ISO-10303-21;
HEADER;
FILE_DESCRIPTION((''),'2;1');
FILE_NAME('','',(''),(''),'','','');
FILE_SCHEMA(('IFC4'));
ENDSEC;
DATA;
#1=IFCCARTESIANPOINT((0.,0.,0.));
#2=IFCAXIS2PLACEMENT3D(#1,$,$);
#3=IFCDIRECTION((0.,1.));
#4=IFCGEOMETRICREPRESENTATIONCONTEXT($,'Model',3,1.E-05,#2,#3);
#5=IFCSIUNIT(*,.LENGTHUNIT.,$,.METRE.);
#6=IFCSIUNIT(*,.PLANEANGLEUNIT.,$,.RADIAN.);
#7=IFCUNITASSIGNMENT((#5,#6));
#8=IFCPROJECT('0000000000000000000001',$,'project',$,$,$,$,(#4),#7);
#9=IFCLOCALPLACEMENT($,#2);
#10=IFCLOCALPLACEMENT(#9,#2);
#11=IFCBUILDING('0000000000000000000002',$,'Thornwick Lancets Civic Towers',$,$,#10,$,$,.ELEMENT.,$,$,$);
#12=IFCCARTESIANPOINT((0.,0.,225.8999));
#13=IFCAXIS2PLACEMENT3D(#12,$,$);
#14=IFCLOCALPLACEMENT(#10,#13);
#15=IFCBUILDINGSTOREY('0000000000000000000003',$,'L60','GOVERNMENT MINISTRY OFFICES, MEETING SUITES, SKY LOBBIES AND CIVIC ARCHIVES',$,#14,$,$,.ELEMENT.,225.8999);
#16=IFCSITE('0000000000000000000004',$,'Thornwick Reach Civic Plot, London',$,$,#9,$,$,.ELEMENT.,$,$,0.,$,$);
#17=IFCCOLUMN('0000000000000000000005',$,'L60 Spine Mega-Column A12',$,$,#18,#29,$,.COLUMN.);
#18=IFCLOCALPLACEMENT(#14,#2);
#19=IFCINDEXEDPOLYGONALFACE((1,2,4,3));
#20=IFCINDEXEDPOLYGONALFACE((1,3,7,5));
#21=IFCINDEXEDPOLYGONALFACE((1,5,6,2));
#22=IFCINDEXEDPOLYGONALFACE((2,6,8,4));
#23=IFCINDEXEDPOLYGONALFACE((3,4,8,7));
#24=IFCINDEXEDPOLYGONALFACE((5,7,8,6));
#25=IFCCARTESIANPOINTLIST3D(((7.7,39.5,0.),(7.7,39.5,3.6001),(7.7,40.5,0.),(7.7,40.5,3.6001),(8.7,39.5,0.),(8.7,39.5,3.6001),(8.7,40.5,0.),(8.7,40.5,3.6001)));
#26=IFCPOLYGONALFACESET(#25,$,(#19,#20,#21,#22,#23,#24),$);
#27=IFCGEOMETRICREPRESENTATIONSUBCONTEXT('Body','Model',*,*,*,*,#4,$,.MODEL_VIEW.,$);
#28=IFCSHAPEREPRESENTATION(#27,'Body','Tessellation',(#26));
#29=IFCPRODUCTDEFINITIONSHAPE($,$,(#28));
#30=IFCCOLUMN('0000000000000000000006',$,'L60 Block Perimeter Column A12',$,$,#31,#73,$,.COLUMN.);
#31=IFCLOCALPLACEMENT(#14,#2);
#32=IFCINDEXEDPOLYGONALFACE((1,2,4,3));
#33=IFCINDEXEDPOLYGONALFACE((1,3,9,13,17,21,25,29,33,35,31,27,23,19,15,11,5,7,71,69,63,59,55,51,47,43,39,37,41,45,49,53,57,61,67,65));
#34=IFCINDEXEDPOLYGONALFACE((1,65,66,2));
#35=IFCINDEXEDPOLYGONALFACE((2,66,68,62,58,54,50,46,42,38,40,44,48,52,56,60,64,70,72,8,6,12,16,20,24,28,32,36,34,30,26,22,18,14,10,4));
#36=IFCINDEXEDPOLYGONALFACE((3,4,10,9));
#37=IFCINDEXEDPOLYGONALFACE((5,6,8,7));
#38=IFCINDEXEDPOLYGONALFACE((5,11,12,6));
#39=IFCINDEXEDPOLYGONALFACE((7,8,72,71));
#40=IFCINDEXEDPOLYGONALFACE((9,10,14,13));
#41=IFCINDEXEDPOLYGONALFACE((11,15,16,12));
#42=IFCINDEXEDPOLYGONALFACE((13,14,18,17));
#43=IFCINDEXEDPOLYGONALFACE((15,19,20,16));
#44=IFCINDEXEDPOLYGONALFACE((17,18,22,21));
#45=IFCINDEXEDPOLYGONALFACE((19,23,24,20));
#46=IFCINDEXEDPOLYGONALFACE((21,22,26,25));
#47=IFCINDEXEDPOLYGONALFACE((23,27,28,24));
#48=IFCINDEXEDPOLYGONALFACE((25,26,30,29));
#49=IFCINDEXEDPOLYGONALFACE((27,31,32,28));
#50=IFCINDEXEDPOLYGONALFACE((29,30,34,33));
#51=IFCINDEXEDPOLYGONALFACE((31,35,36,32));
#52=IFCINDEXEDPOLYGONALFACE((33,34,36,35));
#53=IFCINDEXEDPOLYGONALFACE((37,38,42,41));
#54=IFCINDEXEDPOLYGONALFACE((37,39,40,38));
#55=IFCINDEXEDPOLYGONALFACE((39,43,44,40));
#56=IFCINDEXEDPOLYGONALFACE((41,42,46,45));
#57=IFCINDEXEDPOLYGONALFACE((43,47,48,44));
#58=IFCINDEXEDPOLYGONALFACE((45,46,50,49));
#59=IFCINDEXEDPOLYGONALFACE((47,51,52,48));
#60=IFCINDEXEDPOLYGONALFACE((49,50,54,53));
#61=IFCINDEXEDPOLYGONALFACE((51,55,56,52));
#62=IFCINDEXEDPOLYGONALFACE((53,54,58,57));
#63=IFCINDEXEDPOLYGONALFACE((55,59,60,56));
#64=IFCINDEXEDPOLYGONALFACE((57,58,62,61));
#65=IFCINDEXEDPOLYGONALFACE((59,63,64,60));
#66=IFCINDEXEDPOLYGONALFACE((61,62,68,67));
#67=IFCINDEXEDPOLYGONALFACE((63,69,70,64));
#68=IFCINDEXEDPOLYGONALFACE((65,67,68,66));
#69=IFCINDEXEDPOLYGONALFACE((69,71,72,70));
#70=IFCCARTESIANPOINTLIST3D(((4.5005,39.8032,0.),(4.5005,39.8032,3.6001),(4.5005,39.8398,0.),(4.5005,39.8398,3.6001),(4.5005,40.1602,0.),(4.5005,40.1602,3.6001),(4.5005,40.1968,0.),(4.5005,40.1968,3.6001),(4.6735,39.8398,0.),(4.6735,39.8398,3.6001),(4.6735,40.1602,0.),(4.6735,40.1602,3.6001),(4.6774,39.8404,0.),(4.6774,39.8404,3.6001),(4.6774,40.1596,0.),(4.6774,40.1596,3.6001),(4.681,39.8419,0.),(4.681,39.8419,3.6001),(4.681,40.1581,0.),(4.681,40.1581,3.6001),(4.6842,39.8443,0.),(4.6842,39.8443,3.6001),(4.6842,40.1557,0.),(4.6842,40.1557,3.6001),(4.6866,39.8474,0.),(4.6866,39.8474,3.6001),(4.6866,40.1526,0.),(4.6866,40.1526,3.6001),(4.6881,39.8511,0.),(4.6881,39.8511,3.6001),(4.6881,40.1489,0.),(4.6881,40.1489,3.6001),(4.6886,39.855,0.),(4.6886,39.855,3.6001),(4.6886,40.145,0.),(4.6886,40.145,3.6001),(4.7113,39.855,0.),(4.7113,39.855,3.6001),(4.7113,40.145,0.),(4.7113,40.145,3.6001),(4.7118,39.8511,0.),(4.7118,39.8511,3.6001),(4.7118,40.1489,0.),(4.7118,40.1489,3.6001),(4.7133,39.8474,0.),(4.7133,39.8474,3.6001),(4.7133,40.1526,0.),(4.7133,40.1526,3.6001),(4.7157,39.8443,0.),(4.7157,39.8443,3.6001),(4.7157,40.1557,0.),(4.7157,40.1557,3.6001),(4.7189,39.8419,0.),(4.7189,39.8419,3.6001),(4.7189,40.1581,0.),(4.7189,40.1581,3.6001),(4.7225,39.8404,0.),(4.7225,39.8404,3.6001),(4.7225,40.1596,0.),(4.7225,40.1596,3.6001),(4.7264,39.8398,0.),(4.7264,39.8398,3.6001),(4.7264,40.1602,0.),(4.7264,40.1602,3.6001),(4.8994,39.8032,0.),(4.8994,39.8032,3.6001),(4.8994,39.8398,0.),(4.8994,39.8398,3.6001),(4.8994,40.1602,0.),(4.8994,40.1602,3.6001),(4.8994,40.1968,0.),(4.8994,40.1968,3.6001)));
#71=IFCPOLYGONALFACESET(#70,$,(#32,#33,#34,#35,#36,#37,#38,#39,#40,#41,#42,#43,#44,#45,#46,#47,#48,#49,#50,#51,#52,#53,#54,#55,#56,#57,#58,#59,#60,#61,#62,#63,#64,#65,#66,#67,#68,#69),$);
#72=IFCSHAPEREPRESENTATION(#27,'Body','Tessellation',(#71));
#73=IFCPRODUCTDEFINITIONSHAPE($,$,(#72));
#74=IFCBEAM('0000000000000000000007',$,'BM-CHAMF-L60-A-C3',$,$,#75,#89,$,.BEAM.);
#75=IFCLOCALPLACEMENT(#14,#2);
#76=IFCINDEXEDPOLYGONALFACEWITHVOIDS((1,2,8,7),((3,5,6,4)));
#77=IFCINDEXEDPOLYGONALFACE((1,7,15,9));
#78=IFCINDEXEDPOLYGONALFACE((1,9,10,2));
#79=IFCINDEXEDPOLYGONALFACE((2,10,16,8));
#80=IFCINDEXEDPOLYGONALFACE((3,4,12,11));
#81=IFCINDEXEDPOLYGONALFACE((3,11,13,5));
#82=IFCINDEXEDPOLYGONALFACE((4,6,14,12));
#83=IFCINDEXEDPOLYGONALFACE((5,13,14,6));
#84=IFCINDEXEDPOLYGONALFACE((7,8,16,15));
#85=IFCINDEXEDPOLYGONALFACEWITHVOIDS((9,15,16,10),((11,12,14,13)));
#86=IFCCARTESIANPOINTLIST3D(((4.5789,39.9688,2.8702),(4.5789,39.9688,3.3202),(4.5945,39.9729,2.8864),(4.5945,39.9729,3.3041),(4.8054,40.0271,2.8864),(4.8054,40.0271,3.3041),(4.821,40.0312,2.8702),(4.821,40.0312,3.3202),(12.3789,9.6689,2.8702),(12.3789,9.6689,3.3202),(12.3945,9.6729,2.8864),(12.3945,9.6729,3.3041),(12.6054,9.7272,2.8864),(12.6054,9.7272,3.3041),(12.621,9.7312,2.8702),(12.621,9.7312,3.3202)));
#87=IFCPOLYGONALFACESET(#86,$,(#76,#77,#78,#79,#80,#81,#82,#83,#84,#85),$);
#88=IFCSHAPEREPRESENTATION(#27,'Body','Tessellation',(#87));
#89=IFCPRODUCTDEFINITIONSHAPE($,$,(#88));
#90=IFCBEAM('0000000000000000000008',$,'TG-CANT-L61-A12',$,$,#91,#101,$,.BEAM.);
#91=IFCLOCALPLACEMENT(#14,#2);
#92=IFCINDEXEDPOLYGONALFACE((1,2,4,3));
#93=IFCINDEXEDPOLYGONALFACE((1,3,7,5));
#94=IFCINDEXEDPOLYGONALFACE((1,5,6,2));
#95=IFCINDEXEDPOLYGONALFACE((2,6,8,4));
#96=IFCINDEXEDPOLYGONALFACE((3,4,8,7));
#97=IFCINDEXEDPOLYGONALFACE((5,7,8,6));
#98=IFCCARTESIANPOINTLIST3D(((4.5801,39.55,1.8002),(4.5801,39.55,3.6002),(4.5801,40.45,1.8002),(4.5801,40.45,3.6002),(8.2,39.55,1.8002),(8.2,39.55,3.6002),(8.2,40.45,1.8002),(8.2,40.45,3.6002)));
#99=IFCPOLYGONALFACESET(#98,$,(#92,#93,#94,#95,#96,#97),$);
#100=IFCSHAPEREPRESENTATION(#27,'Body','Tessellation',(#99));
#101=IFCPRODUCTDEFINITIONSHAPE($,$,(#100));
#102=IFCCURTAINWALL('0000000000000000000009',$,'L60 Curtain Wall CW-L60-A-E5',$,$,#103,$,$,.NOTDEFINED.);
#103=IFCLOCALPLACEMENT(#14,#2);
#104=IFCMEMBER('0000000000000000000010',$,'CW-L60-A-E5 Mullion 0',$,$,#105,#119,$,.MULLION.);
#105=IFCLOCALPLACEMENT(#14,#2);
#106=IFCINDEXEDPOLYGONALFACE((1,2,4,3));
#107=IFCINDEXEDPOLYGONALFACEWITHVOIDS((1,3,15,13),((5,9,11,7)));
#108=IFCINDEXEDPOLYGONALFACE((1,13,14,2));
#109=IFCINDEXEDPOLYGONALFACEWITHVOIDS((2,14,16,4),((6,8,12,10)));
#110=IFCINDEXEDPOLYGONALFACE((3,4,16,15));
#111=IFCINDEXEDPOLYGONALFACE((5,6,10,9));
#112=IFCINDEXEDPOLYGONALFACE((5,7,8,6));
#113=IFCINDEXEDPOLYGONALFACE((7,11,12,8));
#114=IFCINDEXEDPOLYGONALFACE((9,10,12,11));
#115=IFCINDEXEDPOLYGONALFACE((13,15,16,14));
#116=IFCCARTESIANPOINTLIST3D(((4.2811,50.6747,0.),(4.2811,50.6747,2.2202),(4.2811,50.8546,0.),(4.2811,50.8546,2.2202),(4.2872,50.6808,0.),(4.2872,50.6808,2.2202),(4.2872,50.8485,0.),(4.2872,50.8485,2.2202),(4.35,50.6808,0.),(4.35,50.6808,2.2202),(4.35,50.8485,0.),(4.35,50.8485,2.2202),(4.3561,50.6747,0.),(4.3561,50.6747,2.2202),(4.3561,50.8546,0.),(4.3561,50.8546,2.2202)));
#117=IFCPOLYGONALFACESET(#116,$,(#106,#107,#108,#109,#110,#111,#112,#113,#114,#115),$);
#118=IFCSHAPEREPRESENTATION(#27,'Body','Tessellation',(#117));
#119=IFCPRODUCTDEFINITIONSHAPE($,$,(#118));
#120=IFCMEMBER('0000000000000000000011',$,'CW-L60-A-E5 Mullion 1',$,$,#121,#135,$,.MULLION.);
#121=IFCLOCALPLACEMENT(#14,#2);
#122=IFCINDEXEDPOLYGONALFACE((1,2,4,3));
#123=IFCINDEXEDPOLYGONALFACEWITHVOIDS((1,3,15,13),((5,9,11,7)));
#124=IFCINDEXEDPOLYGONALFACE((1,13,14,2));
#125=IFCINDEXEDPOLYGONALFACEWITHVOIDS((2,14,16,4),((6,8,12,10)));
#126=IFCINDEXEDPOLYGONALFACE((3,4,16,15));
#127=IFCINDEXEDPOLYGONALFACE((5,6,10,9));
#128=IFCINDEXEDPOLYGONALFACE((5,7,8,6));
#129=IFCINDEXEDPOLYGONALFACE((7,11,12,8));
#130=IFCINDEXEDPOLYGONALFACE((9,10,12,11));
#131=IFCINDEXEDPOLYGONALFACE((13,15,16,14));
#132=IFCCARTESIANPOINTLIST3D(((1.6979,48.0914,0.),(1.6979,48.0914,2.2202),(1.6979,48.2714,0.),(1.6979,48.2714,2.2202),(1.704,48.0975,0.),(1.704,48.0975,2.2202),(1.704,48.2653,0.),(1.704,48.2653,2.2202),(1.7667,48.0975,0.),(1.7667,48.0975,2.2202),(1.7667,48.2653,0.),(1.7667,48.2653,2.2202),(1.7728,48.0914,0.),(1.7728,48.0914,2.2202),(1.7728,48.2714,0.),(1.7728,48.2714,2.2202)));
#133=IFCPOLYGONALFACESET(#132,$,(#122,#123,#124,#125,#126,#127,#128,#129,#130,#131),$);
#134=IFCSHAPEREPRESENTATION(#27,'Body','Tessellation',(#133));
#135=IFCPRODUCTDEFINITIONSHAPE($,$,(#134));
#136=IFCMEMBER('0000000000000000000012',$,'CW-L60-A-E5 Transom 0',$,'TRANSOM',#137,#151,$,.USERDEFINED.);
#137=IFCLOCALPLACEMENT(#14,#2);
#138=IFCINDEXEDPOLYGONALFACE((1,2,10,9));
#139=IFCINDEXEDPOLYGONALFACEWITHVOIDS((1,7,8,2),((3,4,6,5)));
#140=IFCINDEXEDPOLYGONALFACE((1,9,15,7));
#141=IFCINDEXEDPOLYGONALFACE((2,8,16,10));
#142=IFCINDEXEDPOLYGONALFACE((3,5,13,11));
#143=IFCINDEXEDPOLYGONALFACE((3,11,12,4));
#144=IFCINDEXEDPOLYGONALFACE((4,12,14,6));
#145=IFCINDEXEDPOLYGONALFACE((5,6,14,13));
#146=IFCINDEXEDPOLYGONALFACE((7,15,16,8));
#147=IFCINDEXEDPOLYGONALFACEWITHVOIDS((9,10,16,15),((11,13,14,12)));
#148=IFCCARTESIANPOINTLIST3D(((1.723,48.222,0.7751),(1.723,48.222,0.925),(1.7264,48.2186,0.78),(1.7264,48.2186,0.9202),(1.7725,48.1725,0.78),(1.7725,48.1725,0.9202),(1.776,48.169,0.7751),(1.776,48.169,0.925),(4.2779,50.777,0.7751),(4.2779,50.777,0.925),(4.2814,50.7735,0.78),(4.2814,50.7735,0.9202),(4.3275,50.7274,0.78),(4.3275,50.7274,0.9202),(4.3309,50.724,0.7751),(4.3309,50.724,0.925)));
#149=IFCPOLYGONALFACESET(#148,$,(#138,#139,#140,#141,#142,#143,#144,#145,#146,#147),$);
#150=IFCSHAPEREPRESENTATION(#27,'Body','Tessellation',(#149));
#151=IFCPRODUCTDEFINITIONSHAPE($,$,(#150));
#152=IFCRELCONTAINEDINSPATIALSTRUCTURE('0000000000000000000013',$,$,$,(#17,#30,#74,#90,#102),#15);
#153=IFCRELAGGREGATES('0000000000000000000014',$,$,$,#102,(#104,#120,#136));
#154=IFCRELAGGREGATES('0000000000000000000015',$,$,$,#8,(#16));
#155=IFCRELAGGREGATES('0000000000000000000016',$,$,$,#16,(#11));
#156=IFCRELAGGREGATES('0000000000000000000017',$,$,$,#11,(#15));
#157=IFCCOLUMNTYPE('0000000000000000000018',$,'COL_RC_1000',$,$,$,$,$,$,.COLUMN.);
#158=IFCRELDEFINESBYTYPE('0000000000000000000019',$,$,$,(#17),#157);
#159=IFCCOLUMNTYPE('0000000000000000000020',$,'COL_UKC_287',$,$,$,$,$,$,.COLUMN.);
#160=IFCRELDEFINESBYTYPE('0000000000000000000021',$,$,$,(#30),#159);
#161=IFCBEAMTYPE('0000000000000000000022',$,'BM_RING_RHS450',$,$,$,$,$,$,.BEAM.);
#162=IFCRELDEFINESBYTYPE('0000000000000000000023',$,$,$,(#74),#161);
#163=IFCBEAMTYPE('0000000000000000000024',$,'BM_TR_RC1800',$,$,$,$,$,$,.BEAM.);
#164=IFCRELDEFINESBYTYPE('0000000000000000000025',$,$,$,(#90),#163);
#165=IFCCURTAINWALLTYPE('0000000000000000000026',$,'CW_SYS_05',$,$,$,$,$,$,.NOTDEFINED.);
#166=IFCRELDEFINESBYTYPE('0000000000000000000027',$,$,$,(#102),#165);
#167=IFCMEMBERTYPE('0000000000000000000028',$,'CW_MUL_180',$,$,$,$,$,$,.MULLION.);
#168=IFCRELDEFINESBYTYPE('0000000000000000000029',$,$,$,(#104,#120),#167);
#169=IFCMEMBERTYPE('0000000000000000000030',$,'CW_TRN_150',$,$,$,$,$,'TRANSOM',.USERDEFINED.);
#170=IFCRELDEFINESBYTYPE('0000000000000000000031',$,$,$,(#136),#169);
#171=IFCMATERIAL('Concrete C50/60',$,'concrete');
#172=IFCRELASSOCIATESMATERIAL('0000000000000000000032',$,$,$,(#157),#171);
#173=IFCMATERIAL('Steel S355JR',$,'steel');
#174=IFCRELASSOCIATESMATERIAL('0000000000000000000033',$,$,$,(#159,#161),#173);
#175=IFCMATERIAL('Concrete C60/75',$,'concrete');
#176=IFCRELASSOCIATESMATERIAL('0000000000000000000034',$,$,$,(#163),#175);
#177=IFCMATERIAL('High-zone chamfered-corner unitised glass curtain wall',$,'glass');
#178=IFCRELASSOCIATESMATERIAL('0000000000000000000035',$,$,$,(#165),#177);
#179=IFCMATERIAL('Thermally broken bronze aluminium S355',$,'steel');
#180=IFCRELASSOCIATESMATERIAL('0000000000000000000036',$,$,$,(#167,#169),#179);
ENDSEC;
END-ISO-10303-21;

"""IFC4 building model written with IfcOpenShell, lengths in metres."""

from ifc_helpers import new_model, si_unit, direction, frame, origin, origin_2d, place, context, subcontext, project, spatial, rectangle, hollow_rectangle, i_section, extrude, material, material_profile, profile_set, type_object, element, aggregate, save


model = new_model("IFC4")

# Units and contexts
model_context = context("Model", 3, precision=1e-05, world=origin(), true_north=direction((0.0, 1.0)))
body_context = subcontext(model_context, "Body", "Model", "MODEL_VIEW")
ifc_project = project(units=[si_unit("LENGTHUNIT", "METRE"), si_unit("PLANEANGLEUNIT", "RADIAN")], contexts=[model_context])

# Site, building, storey
site_placement = place(None, origin())
site = spatial("IfcSite", under=ifc_project, at=site_placement, Name="Thornwick Reach Civic Plot, London", CompositionType="ELEMENT", RefElevation=0.0)
building_placement = place(site_placement, origin())
building = spatial("IfcBuilding", under=site, at=building_placement, Name="Thornwick Lancets Civic Towers", CompositionType="ELEMENT")
storey_placement = place(building_placement, frame((0.0, 0.0, 225.8999)))
storey = spatial("IfcBuildingStorey", under=building, at=storey_placement, Name="L60", Description="GOVERNMENT MINISTRY OFFICES, MEETING SUITES, SKY LOBBIES AND CIVIC ARCHIVES", CompositionType="ELEMENT", Elevation=225.8999)

# Columns
ifc_material_1 = material(Name="Concrete C50/60", Category="concrete")
ifc_material_profile_1 = material_profile(ifc_material_1, rectangle(XDim=1.0, YDim=1.0, at=origin_2d()), Name="RC 1000x1000")
ifc_profile_set_1 = profile_set([ifc_material_profile_1], Name="Concrete C50/60")
column_type_1 = type_object("IfcColumnType", Name="COL_RC_1000", PredefinedType="COLUMN", material=ifc_profile_set_1)
column_1_placement = place(storey_placement, frame((8.2, 40.0, 0.0), z_axis=(0.0, 0.0, 1.0), x_axis=(1.0, 0.0, 0.0)))
element("IfcColumn", 1, at=column_1_placement, inside=storey, type_object=column_type_1, Name="L60 Spine Mega-Column A12", PredefinedType="COLUMN", context=body_context, shape_type="SweptSolid", body=[
    extrude(rectangle(XDim=1.0, YDim=1.0, at=origin_2d()), origin(), (0.0, 0.0, 1.0), 3.6001),
])
ifc_material_2 = material(Name="Steel S355JR", Category="steel")
ifc_material_profile_2 = material_profile(ifc_material_2, i_section(OverallWidth=0.3989, OverallDepth=0.3936, WebThickness=0.0227, FlangeThickness=0.0366, FilletRadius=0.0151, at=origin_2d()), Name="UKC 356x406x287")
ifc_profile_set_2 = profile_set([ifc_material_profile_2], Name="Steel S355JR")
column_type_2 = type_object("IfcColumnType", Name="COL_UKC_287", PredefinedType="COLUMN", material=ifc_profile_set_2)
column_2_placement = place(storey_placement, frame((4.7, 40.0, 0.0), z_axis=(0.0, 0.0, 1.0), x_axis=(1.0, 0.0, 0.0)))
element("IfcColumn", 2, at=column_2_placement, inside=storey, type_object=column_type_2, Name="L60 Block Perimeter Column A12", PredefinedType="COLUMN", context=body_context, shape_type="SweptSolid", body=[
    extrude(i_section(OverallWidth=0.3989, OverallDepth=0.3936, WebThickness=0.0227, FlangeThickness=0.0366, FilletRadius=0.0151, at=origin_2d()), origin(), (0.0, 0.0, 1.0), 3.6001),
])

# Beams
ifc_material_profile_3 = material_profile(ifc_material_2, hollow_rectangle(XDim=0.25, YDim=0.45, WallThickness=0.0161, at=origin_2d()), Name="RHS 450x250x16")
ifc_profile_set_3 = profile_set([ifc_material_profile_3], Name="Steel S355JR")
beam_type_1 = type_object("IfcBeamType", Name="BM_RING_RHS450", PredefinedType="BEAM", material=ifc_profile_set_3)
beam_1_placement = place(storey_placement, frame((4.7, 40.0, 3.0952), z_axis=(0.249299, -0.968427, 0.0), x_axis=(0.968427, 0.249299, 0.0)))
element("IfcBeam", 3, at=beam_1_placement, inside=storey, type_object=beam_type_1, Name="BM-CHAMF-L60-A-C3", PredefinedType="BEAM", context=body_context, shape_type="SweptSolid", body=[
    extrude(hollow_rectangle(XDim=0.25, YDim=0.45, WallThickness=0.0161, at=origin_2d()), origin(), (0.0, 0.0, 1.0), 31.2878),
])
ifc_material_3 = material(Name="Concrete C60/75", Category="concrete")
ifc_material_profile_4 = material_profile(ifc_material_3, rectangle(XDim=0.8999, YDim=1.8, at=origin_2d()), Name="RC 900x1800")
ifc_profile_set_4 = profile_set([ifc_material_profile_4], Name="Concrete C60/75")
beam_type_2 = type_object("IfcBeamType", Name="BM_TR_RC1800", PredefinedType="BEAM", material=ifc_profile_set_4)
beam_2_placement = place(storey_placement, frame((8.2, 40.0, 2.7002), z_axis=(-1.0, 0.0, 0.0), x_axis=(0.0, -1.0, 0.0)))
element("IfcBeam", 4, at=beam_2_placement, inside=storey, type_object=beam_type_2, Name="TG-CANT-L61-A12", PredefinedType="BEAM", context=body_context, shape_type="SweptSolid", body=[
    extrude(rectangle(XDim=0.8999, YDim=1.8, at=origin_2d()), origin(), (0.0, 0.0, 1.0), 3.6199),
])

# Curtain wall, members
ifc_material_4 = material(Name="High-zone chamfered-corner unitised glass curtain wall", Category="glass")
curtain_wall_type = type_object("IfcCurtainWallType", Name="CW_SYS_05", PredefinedType="NOTDEFINED", material=ifc_material_4)
curtain_wall_placement = place(storey_placement, origin())
curtain_wall = element("IfcCurtainWall", 5, at=curtain_wall_placement, inside=storey, type_object=curtain_wall_type, Name="L60 Curtain Wall CW-L60-A-E5", PredefinedType="NOTDEFINED")
ifc_material_5 = material(Name="Thermally broken bronze aluminium S355", Category="steel")
ifc_material_profile_5 = material_profile(ifc_material_5, hollow_rectangle(XDim=0.075, YDim=0.1799, WallThickness=0.0061, at=origin_2d()), Name="RHS 180x75x6")
ifc_profile_set_5 = profile_set([ifc_material_profile_5], Name="Thermally broken bronze aluminium S355")
member_type_1 = type_object("IfcMemberType", Name="CW_MUL_180", PredefinedType="MULLION", material=ifc_profile_set_5)
member_1_placement = place(storey_placement, frame((4.3186, 50.7646, 0.0), z_axis=(0.0, 0.0, 1.0), x_axis=(1.0, 0.0, 0.0)))
member_1 = element("IfcMember", 6, at=member_1_placement, type_object=member_type_1, Name="CW-L60-A-E5 Mullion 0", PredefinedType="MULLION", context=body_context, shape_type="SweptSolid", body=[
    extrude(hollow_rectangle(XDim=0.075, YDim=0.1799, WallThickness=0.0061, at=origin_2d()), origin(), (0.0, 0.0, 1.0), 2.2202),
])
member_2_placement = place(storey_placement, frame((1.7354, 48.1814, 0.0), z_axis=(0.0, 0.0, 1.0), x_axis=(1.0, 0.0, 0.0)))
member_2 = element("IfcMember", 7, at=member_2_placement, type_object=member_type_1, Name="CW-L60-A-E5 Mullion 1", PredefinedType="MULLION", context=body_context, shape_type="SweptSolid", body=[
    extrude(hollow_rectangle(XDim=0.075, YDim=0.1799, WallThickness=0.0061, at=origin_2d()), origin(), (0.0, 0.0, 1.0), 2.2202),
])
ifc_material_profile_6 = material_profile(ifc_material_5, hollow_rectangle(XDim=0.075, YDim=0.1499, WallThickness=0.0049, at=origin_2d()), Name="RHS 150x75x5")
ifc_profile_set_6 = profile_set([ifc_material_profile_6], Name="Thermally broken bronze aluminium S355")
member_type_2 = type_object("IfcMemberType", Name="CW_TRN_150", ElementType="TRANSOM", PredefinedType="USERDEFINED", material=ifc_profile_set_6)
member_3_placement = place(storey_placement, frame((4.3044, 50.7505, 0.8501), z_axis=(-0.707107, -0.707107, 0.0), x_axis=(0.707107, -0.707107, 0.0)))
member_3 = element("IfcMember", 8, at=member_3_placement, type_object=member_type_2, Name="CW-L60-A-E5 Transom 0", ObjectType="TRANSOM", PredefinedType="USERDEFINED", context=body_context, shape_type="SweptSolid", body=[
    extrude(hollow_rectangle(XDim=0.075, YDim=0.1499, WallThickness=0.0049, at=origin_2d()), origin(), (0.0, 0.0, 1.0), 3.6133),
])

aggregate(curtain_wall, [member_1, member_2, member_3])

save(model, "model.ifc")
